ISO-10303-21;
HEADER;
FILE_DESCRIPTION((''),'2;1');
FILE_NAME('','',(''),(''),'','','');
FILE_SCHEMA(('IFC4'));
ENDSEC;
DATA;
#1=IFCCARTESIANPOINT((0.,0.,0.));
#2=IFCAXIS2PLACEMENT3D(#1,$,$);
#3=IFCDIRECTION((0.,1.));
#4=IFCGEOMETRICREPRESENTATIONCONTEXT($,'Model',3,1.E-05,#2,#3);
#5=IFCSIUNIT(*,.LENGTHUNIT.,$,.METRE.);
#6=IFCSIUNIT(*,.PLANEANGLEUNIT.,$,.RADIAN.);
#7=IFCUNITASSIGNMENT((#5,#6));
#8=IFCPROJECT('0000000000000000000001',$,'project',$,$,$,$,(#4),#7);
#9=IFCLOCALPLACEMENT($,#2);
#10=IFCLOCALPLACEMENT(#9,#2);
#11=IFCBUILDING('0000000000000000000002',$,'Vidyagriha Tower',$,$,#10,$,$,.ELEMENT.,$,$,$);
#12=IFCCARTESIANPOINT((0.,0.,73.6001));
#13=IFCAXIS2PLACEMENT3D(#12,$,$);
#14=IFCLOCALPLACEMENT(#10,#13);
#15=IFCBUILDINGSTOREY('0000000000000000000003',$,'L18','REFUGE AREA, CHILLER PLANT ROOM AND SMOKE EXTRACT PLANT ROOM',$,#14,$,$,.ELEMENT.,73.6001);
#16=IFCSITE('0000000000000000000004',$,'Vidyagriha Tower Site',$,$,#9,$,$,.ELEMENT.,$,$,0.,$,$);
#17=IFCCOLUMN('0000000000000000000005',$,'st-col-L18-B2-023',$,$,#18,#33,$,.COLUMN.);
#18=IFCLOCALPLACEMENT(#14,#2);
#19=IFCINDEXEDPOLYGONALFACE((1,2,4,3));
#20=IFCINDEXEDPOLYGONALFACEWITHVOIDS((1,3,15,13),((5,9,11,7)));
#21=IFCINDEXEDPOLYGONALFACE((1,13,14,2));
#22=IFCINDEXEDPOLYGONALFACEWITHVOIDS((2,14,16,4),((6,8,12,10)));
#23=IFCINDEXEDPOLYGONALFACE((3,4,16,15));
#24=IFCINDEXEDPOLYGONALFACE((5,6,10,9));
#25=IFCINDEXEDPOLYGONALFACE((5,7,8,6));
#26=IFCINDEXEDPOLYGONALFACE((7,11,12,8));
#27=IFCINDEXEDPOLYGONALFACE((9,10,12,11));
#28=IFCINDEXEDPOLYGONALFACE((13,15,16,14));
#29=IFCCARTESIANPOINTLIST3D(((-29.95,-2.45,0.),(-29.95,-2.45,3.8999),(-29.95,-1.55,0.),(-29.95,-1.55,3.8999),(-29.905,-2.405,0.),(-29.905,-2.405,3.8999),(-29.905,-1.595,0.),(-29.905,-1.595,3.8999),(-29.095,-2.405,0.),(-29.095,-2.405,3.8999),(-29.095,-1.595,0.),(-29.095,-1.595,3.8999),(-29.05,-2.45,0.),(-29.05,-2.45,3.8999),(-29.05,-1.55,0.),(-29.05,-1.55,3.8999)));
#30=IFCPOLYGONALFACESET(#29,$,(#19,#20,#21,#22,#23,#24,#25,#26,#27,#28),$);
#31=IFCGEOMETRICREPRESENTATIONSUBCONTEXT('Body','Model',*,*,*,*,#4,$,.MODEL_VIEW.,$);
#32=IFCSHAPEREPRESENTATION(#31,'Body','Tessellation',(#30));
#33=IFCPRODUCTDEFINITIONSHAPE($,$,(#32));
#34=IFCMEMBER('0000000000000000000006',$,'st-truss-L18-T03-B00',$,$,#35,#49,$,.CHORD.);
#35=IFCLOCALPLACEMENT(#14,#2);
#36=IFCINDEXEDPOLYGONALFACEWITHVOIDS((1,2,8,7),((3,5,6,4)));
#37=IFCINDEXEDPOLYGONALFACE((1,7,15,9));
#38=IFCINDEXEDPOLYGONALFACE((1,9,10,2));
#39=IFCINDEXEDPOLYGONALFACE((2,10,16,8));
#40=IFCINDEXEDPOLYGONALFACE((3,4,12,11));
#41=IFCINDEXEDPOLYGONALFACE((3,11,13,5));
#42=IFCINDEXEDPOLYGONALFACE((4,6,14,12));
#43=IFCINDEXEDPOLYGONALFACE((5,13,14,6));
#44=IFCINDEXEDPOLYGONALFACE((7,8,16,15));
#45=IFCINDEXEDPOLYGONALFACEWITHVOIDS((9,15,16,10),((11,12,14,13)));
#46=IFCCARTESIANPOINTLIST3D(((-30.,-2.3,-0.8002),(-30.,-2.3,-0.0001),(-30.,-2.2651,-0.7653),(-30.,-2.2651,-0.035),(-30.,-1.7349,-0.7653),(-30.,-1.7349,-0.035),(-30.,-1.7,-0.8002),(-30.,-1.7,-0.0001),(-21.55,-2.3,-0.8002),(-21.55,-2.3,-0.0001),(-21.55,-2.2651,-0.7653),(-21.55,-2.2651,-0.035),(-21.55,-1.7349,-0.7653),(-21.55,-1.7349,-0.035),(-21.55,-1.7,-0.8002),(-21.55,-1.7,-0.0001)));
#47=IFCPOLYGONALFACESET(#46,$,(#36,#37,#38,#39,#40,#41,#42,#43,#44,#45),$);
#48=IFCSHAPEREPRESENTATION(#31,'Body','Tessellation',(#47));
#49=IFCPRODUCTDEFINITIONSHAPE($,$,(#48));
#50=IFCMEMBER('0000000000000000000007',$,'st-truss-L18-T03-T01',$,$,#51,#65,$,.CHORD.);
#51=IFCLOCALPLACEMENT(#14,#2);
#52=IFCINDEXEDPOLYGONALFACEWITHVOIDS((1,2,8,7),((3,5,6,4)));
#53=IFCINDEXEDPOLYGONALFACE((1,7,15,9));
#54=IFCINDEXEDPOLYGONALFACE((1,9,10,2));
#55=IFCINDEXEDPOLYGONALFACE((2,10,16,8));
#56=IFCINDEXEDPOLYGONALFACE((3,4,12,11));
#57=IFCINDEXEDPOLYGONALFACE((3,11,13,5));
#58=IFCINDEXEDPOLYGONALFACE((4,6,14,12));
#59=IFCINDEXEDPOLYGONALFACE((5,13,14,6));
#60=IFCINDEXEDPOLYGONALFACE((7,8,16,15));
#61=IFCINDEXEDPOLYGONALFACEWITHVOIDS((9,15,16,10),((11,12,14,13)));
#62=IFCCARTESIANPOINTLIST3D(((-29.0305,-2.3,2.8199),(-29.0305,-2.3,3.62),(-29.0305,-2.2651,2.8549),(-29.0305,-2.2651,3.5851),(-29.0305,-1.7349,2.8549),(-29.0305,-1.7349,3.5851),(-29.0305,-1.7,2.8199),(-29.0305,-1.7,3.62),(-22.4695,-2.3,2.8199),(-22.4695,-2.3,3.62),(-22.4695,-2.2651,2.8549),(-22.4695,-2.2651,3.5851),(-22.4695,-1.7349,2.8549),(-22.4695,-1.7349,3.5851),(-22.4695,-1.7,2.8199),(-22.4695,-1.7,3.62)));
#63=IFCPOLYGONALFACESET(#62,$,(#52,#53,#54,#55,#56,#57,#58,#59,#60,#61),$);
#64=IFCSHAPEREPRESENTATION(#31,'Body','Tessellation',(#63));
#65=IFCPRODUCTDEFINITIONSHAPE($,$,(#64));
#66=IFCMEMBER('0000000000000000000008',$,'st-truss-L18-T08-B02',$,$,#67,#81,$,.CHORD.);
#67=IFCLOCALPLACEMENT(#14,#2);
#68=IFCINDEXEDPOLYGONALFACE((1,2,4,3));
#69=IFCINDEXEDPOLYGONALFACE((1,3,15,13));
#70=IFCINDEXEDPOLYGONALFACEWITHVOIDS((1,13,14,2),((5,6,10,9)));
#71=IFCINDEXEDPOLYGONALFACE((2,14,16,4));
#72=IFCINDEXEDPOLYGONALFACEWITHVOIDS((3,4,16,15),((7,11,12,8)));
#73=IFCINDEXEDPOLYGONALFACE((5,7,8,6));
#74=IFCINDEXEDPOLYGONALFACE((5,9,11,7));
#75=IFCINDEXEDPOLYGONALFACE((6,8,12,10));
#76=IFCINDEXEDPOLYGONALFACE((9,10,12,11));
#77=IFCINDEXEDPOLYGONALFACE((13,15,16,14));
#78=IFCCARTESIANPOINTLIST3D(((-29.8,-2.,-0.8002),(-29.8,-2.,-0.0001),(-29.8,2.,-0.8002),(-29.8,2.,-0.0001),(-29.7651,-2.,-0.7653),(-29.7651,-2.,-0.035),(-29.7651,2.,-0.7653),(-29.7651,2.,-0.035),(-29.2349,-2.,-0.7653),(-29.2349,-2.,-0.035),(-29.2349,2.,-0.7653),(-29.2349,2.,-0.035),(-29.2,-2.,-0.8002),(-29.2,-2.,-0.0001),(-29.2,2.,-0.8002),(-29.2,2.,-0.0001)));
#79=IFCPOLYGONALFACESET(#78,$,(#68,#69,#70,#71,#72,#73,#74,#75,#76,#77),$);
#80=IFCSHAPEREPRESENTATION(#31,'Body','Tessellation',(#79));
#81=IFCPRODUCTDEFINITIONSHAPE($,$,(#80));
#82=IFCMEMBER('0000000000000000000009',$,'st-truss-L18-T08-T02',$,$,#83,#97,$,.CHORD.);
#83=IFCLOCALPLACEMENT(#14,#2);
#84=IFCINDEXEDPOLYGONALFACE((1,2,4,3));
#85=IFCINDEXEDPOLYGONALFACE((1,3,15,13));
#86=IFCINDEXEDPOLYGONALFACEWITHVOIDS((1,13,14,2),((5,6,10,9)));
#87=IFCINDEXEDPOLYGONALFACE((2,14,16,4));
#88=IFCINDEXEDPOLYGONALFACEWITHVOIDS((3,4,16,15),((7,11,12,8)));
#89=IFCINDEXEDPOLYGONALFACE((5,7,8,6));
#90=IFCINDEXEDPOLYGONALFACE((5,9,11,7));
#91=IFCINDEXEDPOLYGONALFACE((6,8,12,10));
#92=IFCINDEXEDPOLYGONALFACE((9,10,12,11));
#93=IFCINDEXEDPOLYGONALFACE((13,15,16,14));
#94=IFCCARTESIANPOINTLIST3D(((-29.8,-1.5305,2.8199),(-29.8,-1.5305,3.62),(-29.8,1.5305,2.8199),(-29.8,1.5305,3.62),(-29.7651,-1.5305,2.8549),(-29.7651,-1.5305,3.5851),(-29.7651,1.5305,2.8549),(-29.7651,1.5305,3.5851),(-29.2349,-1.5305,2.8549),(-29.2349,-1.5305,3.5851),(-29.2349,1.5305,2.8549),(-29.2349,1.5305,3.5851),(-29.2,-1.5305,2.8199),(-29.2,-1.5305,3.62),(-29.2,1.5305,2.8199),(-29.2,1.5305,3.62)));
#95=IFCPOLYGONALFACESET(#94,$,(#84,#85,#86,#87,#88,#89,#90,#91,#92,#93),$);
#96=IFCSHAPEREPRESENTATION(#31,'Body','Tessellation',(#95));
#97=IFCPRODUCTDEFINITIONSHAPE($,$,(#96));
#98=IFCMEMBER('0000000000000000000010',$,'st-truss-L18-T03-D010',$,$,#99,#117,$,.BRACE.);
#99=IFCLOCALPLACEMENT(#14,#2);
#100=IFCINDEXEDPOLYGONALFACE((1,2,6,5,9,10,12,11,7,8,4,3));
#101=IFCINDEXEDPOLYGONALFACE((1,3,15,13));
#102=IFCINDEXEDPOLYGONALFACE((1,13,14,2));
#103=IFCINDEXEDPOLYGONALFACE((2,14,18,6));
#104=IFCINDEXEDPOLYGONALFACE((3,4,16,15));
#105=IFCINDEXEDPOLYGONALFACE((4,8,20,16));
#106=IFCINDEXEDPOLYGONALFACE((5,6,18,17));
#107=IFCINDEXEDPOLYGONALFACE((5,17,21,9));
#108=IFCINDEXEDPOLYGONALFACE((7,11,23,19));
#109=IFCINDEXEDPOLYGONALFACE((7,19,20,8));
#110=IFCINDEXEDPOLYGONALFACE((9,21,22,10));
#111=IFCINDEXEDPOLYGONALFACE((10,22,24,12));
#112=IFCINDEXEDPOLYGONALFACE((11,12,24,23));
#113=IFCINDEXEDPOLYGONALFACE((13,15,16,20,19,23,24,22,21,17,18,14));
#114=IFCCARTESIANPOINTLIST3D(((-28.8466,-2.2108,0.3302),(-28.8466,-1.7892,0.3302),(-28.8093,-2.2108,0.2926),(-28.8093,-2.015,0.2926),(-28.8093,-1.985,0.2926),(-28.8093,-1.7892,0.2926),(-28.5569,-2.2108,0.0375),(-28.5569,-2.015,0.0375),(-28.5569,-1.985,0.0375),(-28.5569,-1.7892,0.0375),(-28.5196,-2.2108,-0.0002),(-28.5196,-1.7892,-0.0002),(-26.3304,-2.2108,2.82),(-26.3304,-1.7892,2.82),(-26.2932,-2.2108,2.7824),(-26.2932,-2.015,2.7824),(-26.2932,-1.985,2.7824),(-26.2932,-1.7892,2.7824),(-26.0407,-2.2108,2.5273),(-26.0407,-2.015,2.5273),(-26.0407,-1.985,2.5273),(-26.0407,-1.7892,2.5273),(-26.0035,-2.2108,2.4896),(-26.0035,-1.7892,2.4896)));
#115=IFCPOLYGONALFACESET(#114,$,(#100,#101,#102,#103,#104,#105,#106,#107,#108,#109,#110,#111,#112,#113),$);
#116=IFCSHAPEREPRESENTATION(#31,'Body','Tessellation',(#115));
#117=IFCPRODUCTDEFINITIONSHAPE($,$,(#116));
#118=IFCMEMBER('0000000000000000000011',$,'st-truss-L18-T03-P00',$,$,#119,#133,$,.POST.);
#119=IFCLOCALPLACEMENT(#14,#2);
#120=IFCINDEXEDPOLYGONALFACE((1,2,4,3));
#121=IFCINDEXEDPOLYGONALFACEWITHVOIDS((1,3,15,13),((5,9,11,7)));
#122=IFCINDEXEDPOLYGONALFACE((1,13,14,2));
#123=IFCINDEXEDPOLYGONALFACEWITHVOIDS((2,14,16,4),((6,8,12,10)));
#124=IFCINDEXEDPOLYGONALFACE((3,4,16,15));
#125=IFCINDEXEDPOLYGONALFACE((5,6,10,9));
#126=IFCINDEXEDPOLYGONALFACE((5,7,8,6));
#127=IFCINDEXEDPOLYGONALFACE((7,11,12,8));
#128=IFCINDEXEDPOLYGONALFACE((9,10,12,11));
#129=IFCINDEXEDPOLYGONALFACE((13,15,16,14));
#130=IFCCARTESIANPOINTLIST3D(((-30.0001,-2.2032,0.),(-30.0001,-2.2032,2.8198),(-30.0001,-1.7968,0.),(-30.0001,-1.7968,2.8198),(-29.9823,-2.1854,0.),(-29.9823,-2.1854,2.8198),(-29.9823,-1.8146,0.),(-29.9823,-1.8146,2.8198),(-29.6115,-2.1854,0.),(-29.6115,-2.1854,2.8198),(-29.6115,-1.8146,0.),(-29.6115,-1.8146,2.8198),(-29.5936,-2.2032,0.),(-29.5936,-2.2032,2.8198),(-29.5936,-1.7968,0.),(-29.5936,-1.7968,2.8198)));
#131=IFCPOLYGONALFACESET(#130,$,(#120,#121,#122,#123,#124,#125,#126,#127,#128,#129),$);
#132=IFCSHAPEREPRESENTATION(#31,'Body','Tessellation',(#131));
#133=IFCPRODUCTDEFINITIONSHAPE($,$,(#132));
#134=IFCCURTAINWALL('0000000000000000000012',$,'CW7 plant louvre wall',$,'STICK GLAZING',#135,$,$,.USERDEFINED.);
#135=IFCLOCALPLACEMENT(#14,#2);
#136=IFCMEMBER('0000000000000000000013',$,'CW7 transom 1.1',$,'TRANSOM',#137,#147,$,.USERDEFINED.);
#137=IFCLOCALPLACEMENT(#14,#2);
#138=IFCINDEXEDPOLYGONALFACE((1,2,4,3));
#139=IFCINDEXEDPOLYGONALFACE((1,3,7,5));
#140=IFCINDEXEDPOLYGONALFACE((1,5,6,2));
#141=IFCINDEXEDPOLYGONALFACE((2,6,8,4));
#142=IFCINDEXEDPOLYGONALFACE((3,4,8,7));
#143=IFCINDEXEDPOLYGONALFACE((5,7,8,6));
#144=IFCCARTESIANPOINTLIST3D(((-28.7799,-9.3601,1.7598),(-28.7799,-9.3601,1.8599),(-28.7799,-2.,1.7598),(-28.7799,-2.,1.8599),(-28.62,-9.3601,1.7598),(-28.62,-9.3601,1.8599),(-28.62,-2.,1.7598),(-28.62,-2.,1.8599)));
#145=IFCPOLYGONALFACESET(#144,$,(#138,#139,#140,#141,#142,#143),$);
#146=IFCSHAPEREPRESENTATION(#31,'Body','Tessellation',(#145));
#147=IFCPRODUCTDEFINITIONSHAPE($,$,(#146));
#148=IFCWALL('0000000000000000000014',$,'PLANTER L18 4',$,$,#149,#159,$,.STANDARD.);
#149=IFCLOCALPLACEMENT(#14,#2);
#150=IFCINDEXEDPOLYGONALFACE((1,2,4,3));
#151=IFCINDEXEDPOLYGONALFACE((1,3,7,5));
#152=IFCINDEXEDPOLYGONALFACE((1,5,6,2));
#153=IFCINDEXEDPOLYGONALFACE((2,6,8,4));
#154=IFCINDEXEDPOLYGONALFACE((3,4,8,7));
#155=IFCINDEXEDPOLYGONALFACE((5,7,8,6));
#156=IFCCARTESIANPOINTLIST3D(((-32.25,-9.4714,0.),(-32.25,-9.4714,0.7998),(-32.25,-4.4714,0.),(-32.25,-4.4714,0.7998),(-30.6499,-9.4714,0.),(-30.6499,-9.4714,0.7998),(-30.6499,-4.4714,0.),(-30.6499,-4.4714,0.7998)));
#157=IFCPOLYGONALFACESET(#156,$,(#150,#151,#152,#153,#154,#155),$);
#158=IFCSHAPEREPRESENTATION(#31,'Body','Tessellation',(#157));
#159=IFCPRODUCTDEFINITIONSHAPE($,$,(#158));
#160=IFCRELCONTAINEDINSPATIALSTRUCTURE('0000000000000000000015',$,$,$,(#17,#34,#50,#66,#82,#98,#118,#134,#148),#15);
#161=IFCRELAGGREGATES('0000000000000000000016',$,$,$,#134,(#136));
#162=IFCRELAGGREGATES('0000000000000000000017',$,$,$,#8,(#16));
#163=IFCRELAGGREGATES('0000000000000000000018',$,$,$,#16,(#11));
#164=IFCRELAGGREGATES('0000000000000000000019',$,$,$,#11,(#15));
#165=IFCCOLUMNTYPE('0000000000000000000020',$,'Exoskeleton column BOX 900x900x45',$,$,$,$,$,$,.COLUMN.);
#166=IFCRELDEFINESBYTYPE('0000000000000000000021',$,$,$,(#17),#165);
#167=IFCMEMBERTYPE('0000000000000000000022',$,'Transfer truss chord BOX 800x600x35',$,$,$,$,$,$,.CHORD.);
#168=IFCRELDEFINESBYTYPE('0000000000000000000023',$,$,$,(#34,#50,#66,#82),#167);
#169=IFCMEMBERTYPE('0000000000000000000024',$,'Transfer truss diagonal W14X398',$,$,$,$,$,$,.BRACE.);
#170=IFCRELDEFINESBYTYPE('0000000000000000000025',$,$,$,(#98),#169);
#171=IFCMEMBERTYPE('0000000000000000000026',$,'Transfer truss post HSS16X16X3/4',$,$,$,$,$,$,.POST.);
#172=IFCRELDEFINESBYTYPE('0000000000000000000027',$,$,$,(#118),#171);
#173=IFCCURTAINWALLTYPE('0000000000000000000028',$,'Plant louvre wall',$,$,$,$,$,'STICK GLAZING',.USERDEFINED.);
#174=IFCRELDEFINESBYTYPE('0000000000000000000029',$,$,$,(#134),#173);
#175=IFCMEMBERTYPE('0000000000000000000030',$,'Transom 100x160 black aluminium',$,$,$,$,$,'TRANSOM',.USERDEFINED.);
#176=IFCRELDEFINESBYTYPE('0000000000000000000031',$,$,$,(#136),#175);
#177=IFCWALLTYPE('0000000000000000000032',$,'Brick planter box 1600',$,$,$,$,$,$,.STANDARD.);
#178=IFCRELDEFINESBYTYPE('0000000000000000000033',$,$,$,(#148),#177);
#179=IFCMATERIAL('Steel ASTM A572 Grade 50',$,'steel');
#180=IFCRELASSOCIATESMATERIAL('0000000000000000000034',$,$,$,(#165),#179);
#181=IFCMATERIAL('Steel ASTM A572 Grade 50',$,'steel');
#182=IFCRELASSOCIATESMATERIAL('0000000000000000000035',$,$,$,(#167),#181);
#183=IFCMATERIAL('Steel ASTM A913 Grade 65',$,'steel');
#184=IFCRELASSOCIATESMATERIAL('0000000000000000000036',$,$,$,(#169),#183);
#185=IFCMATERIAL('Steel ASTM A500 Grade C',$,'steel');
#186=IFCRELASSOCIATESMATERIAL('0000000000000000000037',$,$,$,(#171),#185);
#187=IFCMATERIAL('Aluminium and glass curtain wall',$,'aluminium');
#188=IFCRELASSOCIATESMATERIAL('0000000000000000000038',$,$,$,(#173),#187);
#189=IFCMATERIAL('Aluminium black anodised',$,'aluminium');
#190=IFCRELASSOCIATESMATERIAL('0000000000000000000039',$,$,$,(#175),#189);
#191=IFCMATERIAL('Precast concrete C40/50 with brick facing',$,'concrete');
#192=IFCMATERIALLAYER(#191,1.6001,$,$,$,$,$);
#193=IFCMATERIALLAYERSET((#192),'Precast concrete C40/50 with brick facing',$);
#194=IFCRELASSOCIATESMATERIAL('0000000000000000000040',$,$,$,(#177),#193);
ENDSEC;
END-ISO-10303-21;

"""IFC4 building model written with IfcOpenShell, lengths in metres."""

from ifc_helpers import new_model, si_unit, direction, frame, frame_2d, origin, origin_2d, place, context, subcontext, project, spatial, rectangle, hollow_rectangle, i_section, extrude, material, layer, layer_set, material_profile, profile_set, type_object, element, aggregate, save


model = new_model("IFC4")

# Units and contexts
model_context = context("Model", 3, precision=1e-05, world=origin(), true_north=direction((0.0, 1.0)))
body_context = subcontext(model_context, "Body", "Model", "MODEL_VIEW")
ifc_project = project(units=[si_unit("LENGTHUNIT", "METRE"), si_unit("PLANEANGLEUNIT", "RADIAN")], contexts=[model_context])

# Site, building, storey
site_placement = place(None, origin())
site = spatial("IfcSite", under=ifc_project, at=site_placement, Name="Vidyagriha Tower Site", CompositionType="ELEMENT", RefElevation=0.0)
building_placement = place(site_placement, origin())
building = spatial("IfcBuilding", under=site, at=building_placement, Name="Vidyagriha Tower", CompositionType="ELEMENT")
storey_placement = place(building_placement, frame((0.0, 0.0, 73.6001)))
storey = spatial("IfcBuildingStorey", under=building, at=storey_placement, Name="L18", Description="REFUGE AREA, CHILLER PLANT ROOM AND SMOKE EXTRACT PLANT ROOM", CompositionType="ELEMENT", Elevation=73.6001)

# Column
ifc_material_1 = material(Name="Steel ASTM A572 Grade 50", Category="steel")
ifc_material_profile_1 = material_profile(ifc_material_1, hollow_rectangle(XDim=0.8999, YDim=0.8999, WallThickness=0.0449, at=origin_2d()), Name="BOX 900x900x45")
ifc_profile_set_1 = profile_set([ifc_material_profile_1], Name="Steel ASTM A572 Grade 50")
column_type = type_object("IfcColumnType", Name="Exoskeleton column BOX 900x900x45", PredefinedType="COLUMN", material=ifc_profile_set_1)
column_placement = place(storey_placement, frame((-29.5, -2.0, 0.0)))
element("IfcColumn", 1, at=column_placement, inside=storey, type_object=column_type, Name="st-col-L18-B2-023", PredefinedType="COLUMN", context=body_context, shape_type="SweptSolid", body=[
    extrude(hollow_rectangle(XDim=0.8999, YDim=0.8999, WallThickness=0.0449, at=origin_2d()), origin(), (0.0, 0.0, 1.0), 3.8999),
])

# Members
ifc_material_2 = material(Name="Steel ASTM A572 Grade 50", Category="steel")
ifc_material_profile_2 = material_profile(ifc_material_2, hollow_rectangle(XDim=0.6001, YDim=0.8, WallThickness=0.0349, at=origin_2d()), Name="BOX 800x600x35")
ifc_profile_set_2 = profile_set([ifc_material_profile_2], Name="Steel ASTM A572 Grade 50")
member_type_1 = type_object("IfcMemberType", Name="Transfer truss chord BOX 800x600x35", PredefinedType="CHORD", material=ifc_profile_set_2)
member_1_placement = place(storey_placement, frame((-30.0, -2.0, -0.4001), z_axis=(1.0, 0.0, 0.0), x_axis=(0.0, 1.0, 0.0)))
element("IfcMember", 2, at=member_1_placement, inside=storey, type_object=member_type_1, Name="st-truss-L18-T03-B00", PredefinedType="CHORD", context=body_context, shape_type="SweptSolid", body=[
    extrude(hollow_rectangle(XDim=0.6001, YDim=0.8, WallThickness=0.0349, at=origin_2d()), origin(), (0.0, 0.0, 1.0), 8.45),
])
member_2_placement = place(storey_placement, frame((-29.0305, -2.0, 3.22), z_axis=(1.0, 0.0, 0.0), x_axis=(0.0, 1.0, 0.0)))
element("IfcMember", 3, at=member_2_placement, inside=storey, type_object=member_type_1, Name="st-truss-L18-T03-T01", PredefinedType="CHORD", context=body_context, shape_type="SweptSolid", body=[
    extrude(hollow_rectangle(XDim=0.6001, YDim=0.8, WallThickness=0.0349, at=origin_2d()), origin(), (0.0, 0.0, 1.0), 6.561),
])
member_3_placement = place(storey_placement, frame((-29.5, -2.0, -0.4001), z_axis=(0.0, 1.0, 0.0), x_axis=(-1.0, 0.0, 0.0)))
element("IfcMember", 4, at=member_3_placement, inside=storey, type_object=member_type_1, Name="st-truss-L18-T08-B02", PredefinedType="CHORD", context=body_context, shape_type="SweptSolid", body=[
    extrude(hollow_rectangle(XDim=0.6001, YDim=0.8, WallThickness=0.0349, at=origin_2d()), origin(), (0.0, 0.0, 1.0), 4.0),
])
member_4_placement = place(storey_placement, frame((-29.5, -1.5305, 3.22), z_axis=(0.0, 1.0, 0.0), x_axis=(-1.0, 0.0, 0.0)))
element("IfcMember", 5, at=member_4_placement, inside=storey, type_object=member_type_1, Name="st-truss-L18-T08-T02", PredefinedType="CHORD", context=body_context, shape_type="SweptSolid", body=[
    extrude(hollow_rectangle(XDim=0.6001, YDim=0.8, WallThickness=0.0349, at=origin_2d()), origin(), (0.0, 0.0, 1.0), 3.061),
])
ifc_material_3 = material(Name="Steel ASTM A913 Grade 65", Category="steel")
ifc_material_profile_3 = material_profile(ifc_material_3, i_section(OverallWidth=0.4216, OverallDepth=0.4648, WebThickness=0.03, FlangeThickness=0.053, at=origin_2d()), Name="W14X398")
ifc_profile_set_3 = profile_set([ifc_material_profile_3], Name="Steel ASTM A913 Grade 65")
member_type_2 = type_object("IfcMemberType", Name="Transfer truss diagonal W14X398", PredefinedType="BRACE", material=ifc_profile_set_3)
member_5_placement = place(storey_placement, frame((-28.6831, -2.0, 0.165), z_axis=(0.710821, 0.0, 0.703373), x_axis=(0.0, 1.0, 0.0)))
element("IfcMember", 6, at=member_5_placement, inside=storey, type_object=member_type_2, Name="st-truss-L18-T03-D010", PredefinedType="BRACE", context=body_context, shape_type="SweptSolid", body=[
    extrude(i_section(OverallWidth=0.4216, OverallDepth=0.4648, WebThickness=0.03, FlangeThickness=0.053, at=origin_2d()), origin(), (0.0, 0.0, 1.0), 3.5398),
])
ifc_material_4 = material(Name="Steel ASTM A500 Grade C", Category="steel")
ifc_material_profile_4 = material_profile(ifc_material_4, hollow_rectangle(XDim=0.4065, YDim=0.4065, WallThickness=0.0178, at=origin_2d()), Name="HSS16X16X3/4")
ifc_profile_set_4 = profile_set([ifc_material_profile_4], Name="Steel ASTM A500 Grade C")
member_type_3 = type_object("IfcMemberType", Name="Transfer truss post HSS16X16X3/4", PredefinedType="POST", material=ifc_profile_set_4)
member_6_placement = place(storey_placement, frame((-29.7969, -2.0, 0.0)))
element("IfcMember", 7, at=member_6_placement, inside=storey, type_object=member_type_3, Name="st-truss-L18-T03-P00", PredefinedType="POST", context=body_context, shape_type="SweptSolid", body=[
    extrude(hollow_rectangle(XDim=0.4065, YDim=0.4065, WallThickness=0.0178, at=origin_2d()), origin(), (0.0, 0.0, 1.0), 2.8198),
])

# Curtain wall, member
ifc_material_5 = material(Name="Aluminium and glass curtain wall", Category="aluminium")
curtain_wall_type = type_object("IfcCurtainWallType", Name="Plant louvre wall", ElementType="STICK GLAZING", PredefinedType="USERDEFINED", material=ifc_material_5)
curtain_wall_placement = place(storey_placement, origin())
curtain_wall = element("IfcCurtainWall", 8, at=curtain_wall_placement, inside=storey, type_object=curtain_wall_type, Name="CW7 plant louvre wall", ObjectType="STICK GLAZING", PredefinedType="USERDEFINED")
ifc_material_6 = material(Name="Aluminium black anodised", Category="aluminium")
ifc_material_profile_5 = material_profile(ifc_material_6, rectangle(XDim=0.1599, YDim=0.1001, at=origin_2d()), Name="Transom 100x160 black aluminium")
ifc_profile_set_5 = profile_set([ifc_material_profile_5], Name="Aluminium black anodised")
member_type_4 = type_object("IfcMemberType", Name="Transom 100x160 black aluminium", ElementType="TRANSOM", PredefinedType="USERDEFINED", material=ifc_profile_set_5)
member_7_placement = place(storey_placement, frame((-28.7, -2.0, 1.8098), z_axis=(0.0, -1.0, 0.0), x_axis=(1.0, 0.0, 0.0)))
member_7 = element("IfcMember", 9, at=member_7_placement, type_object=member_type_4, Name="CW7 transom 1.1", ObjectType="TRANSOM", PredefinedType="USERDEFINED", context=body_context, shape_type="SweptSolid", body=[
    extrude(rectangle(XDim=0.1599, YDim=0.1001, at=origin_2d()), origin(), (0.0, 0.0, 1.0), 7.3601),
])
aggregate(curtain_wall, [member_7])

# Wall
ifc_material_7 = material(Name="Precast concrete C40/50 with brick facing", Category="concrete")
ifc_layer_1 = layer(ifc_material_7, 1.6001)
ifc_layer_set_1 = layer_set([ifc_layer_1], Name="Precast concrete C40/50 with brick facing")
wall_type_1 = type_object("IfcWallType", Name="Brick planter box 1600", PredefinedType="STANDARD", material=ifc_layer_set_1)
wall_1_placement = place(storey_placement, frame((-31.45, -4.4714, 0.0), z_axis=(0.0, 0.0, 1.0), x_axis=(0.0, -1.0, 0.0)))
element("IfcWall", 10, at=wall_1_placement, inside=storey, type_object=wall_type_1, Name="PLANTER L18 4", PredefinedType="STANDARD", context=body_context, shape_type="SweptSolid", body=[
    extrude(rectangle(XDim=5.0, YDim=1.6001, at=frame_2d((2.5, 0.0))), origin(), (0.0, 0.0, 1.0), 0.7998),
])

save(model, "model.ifc")
